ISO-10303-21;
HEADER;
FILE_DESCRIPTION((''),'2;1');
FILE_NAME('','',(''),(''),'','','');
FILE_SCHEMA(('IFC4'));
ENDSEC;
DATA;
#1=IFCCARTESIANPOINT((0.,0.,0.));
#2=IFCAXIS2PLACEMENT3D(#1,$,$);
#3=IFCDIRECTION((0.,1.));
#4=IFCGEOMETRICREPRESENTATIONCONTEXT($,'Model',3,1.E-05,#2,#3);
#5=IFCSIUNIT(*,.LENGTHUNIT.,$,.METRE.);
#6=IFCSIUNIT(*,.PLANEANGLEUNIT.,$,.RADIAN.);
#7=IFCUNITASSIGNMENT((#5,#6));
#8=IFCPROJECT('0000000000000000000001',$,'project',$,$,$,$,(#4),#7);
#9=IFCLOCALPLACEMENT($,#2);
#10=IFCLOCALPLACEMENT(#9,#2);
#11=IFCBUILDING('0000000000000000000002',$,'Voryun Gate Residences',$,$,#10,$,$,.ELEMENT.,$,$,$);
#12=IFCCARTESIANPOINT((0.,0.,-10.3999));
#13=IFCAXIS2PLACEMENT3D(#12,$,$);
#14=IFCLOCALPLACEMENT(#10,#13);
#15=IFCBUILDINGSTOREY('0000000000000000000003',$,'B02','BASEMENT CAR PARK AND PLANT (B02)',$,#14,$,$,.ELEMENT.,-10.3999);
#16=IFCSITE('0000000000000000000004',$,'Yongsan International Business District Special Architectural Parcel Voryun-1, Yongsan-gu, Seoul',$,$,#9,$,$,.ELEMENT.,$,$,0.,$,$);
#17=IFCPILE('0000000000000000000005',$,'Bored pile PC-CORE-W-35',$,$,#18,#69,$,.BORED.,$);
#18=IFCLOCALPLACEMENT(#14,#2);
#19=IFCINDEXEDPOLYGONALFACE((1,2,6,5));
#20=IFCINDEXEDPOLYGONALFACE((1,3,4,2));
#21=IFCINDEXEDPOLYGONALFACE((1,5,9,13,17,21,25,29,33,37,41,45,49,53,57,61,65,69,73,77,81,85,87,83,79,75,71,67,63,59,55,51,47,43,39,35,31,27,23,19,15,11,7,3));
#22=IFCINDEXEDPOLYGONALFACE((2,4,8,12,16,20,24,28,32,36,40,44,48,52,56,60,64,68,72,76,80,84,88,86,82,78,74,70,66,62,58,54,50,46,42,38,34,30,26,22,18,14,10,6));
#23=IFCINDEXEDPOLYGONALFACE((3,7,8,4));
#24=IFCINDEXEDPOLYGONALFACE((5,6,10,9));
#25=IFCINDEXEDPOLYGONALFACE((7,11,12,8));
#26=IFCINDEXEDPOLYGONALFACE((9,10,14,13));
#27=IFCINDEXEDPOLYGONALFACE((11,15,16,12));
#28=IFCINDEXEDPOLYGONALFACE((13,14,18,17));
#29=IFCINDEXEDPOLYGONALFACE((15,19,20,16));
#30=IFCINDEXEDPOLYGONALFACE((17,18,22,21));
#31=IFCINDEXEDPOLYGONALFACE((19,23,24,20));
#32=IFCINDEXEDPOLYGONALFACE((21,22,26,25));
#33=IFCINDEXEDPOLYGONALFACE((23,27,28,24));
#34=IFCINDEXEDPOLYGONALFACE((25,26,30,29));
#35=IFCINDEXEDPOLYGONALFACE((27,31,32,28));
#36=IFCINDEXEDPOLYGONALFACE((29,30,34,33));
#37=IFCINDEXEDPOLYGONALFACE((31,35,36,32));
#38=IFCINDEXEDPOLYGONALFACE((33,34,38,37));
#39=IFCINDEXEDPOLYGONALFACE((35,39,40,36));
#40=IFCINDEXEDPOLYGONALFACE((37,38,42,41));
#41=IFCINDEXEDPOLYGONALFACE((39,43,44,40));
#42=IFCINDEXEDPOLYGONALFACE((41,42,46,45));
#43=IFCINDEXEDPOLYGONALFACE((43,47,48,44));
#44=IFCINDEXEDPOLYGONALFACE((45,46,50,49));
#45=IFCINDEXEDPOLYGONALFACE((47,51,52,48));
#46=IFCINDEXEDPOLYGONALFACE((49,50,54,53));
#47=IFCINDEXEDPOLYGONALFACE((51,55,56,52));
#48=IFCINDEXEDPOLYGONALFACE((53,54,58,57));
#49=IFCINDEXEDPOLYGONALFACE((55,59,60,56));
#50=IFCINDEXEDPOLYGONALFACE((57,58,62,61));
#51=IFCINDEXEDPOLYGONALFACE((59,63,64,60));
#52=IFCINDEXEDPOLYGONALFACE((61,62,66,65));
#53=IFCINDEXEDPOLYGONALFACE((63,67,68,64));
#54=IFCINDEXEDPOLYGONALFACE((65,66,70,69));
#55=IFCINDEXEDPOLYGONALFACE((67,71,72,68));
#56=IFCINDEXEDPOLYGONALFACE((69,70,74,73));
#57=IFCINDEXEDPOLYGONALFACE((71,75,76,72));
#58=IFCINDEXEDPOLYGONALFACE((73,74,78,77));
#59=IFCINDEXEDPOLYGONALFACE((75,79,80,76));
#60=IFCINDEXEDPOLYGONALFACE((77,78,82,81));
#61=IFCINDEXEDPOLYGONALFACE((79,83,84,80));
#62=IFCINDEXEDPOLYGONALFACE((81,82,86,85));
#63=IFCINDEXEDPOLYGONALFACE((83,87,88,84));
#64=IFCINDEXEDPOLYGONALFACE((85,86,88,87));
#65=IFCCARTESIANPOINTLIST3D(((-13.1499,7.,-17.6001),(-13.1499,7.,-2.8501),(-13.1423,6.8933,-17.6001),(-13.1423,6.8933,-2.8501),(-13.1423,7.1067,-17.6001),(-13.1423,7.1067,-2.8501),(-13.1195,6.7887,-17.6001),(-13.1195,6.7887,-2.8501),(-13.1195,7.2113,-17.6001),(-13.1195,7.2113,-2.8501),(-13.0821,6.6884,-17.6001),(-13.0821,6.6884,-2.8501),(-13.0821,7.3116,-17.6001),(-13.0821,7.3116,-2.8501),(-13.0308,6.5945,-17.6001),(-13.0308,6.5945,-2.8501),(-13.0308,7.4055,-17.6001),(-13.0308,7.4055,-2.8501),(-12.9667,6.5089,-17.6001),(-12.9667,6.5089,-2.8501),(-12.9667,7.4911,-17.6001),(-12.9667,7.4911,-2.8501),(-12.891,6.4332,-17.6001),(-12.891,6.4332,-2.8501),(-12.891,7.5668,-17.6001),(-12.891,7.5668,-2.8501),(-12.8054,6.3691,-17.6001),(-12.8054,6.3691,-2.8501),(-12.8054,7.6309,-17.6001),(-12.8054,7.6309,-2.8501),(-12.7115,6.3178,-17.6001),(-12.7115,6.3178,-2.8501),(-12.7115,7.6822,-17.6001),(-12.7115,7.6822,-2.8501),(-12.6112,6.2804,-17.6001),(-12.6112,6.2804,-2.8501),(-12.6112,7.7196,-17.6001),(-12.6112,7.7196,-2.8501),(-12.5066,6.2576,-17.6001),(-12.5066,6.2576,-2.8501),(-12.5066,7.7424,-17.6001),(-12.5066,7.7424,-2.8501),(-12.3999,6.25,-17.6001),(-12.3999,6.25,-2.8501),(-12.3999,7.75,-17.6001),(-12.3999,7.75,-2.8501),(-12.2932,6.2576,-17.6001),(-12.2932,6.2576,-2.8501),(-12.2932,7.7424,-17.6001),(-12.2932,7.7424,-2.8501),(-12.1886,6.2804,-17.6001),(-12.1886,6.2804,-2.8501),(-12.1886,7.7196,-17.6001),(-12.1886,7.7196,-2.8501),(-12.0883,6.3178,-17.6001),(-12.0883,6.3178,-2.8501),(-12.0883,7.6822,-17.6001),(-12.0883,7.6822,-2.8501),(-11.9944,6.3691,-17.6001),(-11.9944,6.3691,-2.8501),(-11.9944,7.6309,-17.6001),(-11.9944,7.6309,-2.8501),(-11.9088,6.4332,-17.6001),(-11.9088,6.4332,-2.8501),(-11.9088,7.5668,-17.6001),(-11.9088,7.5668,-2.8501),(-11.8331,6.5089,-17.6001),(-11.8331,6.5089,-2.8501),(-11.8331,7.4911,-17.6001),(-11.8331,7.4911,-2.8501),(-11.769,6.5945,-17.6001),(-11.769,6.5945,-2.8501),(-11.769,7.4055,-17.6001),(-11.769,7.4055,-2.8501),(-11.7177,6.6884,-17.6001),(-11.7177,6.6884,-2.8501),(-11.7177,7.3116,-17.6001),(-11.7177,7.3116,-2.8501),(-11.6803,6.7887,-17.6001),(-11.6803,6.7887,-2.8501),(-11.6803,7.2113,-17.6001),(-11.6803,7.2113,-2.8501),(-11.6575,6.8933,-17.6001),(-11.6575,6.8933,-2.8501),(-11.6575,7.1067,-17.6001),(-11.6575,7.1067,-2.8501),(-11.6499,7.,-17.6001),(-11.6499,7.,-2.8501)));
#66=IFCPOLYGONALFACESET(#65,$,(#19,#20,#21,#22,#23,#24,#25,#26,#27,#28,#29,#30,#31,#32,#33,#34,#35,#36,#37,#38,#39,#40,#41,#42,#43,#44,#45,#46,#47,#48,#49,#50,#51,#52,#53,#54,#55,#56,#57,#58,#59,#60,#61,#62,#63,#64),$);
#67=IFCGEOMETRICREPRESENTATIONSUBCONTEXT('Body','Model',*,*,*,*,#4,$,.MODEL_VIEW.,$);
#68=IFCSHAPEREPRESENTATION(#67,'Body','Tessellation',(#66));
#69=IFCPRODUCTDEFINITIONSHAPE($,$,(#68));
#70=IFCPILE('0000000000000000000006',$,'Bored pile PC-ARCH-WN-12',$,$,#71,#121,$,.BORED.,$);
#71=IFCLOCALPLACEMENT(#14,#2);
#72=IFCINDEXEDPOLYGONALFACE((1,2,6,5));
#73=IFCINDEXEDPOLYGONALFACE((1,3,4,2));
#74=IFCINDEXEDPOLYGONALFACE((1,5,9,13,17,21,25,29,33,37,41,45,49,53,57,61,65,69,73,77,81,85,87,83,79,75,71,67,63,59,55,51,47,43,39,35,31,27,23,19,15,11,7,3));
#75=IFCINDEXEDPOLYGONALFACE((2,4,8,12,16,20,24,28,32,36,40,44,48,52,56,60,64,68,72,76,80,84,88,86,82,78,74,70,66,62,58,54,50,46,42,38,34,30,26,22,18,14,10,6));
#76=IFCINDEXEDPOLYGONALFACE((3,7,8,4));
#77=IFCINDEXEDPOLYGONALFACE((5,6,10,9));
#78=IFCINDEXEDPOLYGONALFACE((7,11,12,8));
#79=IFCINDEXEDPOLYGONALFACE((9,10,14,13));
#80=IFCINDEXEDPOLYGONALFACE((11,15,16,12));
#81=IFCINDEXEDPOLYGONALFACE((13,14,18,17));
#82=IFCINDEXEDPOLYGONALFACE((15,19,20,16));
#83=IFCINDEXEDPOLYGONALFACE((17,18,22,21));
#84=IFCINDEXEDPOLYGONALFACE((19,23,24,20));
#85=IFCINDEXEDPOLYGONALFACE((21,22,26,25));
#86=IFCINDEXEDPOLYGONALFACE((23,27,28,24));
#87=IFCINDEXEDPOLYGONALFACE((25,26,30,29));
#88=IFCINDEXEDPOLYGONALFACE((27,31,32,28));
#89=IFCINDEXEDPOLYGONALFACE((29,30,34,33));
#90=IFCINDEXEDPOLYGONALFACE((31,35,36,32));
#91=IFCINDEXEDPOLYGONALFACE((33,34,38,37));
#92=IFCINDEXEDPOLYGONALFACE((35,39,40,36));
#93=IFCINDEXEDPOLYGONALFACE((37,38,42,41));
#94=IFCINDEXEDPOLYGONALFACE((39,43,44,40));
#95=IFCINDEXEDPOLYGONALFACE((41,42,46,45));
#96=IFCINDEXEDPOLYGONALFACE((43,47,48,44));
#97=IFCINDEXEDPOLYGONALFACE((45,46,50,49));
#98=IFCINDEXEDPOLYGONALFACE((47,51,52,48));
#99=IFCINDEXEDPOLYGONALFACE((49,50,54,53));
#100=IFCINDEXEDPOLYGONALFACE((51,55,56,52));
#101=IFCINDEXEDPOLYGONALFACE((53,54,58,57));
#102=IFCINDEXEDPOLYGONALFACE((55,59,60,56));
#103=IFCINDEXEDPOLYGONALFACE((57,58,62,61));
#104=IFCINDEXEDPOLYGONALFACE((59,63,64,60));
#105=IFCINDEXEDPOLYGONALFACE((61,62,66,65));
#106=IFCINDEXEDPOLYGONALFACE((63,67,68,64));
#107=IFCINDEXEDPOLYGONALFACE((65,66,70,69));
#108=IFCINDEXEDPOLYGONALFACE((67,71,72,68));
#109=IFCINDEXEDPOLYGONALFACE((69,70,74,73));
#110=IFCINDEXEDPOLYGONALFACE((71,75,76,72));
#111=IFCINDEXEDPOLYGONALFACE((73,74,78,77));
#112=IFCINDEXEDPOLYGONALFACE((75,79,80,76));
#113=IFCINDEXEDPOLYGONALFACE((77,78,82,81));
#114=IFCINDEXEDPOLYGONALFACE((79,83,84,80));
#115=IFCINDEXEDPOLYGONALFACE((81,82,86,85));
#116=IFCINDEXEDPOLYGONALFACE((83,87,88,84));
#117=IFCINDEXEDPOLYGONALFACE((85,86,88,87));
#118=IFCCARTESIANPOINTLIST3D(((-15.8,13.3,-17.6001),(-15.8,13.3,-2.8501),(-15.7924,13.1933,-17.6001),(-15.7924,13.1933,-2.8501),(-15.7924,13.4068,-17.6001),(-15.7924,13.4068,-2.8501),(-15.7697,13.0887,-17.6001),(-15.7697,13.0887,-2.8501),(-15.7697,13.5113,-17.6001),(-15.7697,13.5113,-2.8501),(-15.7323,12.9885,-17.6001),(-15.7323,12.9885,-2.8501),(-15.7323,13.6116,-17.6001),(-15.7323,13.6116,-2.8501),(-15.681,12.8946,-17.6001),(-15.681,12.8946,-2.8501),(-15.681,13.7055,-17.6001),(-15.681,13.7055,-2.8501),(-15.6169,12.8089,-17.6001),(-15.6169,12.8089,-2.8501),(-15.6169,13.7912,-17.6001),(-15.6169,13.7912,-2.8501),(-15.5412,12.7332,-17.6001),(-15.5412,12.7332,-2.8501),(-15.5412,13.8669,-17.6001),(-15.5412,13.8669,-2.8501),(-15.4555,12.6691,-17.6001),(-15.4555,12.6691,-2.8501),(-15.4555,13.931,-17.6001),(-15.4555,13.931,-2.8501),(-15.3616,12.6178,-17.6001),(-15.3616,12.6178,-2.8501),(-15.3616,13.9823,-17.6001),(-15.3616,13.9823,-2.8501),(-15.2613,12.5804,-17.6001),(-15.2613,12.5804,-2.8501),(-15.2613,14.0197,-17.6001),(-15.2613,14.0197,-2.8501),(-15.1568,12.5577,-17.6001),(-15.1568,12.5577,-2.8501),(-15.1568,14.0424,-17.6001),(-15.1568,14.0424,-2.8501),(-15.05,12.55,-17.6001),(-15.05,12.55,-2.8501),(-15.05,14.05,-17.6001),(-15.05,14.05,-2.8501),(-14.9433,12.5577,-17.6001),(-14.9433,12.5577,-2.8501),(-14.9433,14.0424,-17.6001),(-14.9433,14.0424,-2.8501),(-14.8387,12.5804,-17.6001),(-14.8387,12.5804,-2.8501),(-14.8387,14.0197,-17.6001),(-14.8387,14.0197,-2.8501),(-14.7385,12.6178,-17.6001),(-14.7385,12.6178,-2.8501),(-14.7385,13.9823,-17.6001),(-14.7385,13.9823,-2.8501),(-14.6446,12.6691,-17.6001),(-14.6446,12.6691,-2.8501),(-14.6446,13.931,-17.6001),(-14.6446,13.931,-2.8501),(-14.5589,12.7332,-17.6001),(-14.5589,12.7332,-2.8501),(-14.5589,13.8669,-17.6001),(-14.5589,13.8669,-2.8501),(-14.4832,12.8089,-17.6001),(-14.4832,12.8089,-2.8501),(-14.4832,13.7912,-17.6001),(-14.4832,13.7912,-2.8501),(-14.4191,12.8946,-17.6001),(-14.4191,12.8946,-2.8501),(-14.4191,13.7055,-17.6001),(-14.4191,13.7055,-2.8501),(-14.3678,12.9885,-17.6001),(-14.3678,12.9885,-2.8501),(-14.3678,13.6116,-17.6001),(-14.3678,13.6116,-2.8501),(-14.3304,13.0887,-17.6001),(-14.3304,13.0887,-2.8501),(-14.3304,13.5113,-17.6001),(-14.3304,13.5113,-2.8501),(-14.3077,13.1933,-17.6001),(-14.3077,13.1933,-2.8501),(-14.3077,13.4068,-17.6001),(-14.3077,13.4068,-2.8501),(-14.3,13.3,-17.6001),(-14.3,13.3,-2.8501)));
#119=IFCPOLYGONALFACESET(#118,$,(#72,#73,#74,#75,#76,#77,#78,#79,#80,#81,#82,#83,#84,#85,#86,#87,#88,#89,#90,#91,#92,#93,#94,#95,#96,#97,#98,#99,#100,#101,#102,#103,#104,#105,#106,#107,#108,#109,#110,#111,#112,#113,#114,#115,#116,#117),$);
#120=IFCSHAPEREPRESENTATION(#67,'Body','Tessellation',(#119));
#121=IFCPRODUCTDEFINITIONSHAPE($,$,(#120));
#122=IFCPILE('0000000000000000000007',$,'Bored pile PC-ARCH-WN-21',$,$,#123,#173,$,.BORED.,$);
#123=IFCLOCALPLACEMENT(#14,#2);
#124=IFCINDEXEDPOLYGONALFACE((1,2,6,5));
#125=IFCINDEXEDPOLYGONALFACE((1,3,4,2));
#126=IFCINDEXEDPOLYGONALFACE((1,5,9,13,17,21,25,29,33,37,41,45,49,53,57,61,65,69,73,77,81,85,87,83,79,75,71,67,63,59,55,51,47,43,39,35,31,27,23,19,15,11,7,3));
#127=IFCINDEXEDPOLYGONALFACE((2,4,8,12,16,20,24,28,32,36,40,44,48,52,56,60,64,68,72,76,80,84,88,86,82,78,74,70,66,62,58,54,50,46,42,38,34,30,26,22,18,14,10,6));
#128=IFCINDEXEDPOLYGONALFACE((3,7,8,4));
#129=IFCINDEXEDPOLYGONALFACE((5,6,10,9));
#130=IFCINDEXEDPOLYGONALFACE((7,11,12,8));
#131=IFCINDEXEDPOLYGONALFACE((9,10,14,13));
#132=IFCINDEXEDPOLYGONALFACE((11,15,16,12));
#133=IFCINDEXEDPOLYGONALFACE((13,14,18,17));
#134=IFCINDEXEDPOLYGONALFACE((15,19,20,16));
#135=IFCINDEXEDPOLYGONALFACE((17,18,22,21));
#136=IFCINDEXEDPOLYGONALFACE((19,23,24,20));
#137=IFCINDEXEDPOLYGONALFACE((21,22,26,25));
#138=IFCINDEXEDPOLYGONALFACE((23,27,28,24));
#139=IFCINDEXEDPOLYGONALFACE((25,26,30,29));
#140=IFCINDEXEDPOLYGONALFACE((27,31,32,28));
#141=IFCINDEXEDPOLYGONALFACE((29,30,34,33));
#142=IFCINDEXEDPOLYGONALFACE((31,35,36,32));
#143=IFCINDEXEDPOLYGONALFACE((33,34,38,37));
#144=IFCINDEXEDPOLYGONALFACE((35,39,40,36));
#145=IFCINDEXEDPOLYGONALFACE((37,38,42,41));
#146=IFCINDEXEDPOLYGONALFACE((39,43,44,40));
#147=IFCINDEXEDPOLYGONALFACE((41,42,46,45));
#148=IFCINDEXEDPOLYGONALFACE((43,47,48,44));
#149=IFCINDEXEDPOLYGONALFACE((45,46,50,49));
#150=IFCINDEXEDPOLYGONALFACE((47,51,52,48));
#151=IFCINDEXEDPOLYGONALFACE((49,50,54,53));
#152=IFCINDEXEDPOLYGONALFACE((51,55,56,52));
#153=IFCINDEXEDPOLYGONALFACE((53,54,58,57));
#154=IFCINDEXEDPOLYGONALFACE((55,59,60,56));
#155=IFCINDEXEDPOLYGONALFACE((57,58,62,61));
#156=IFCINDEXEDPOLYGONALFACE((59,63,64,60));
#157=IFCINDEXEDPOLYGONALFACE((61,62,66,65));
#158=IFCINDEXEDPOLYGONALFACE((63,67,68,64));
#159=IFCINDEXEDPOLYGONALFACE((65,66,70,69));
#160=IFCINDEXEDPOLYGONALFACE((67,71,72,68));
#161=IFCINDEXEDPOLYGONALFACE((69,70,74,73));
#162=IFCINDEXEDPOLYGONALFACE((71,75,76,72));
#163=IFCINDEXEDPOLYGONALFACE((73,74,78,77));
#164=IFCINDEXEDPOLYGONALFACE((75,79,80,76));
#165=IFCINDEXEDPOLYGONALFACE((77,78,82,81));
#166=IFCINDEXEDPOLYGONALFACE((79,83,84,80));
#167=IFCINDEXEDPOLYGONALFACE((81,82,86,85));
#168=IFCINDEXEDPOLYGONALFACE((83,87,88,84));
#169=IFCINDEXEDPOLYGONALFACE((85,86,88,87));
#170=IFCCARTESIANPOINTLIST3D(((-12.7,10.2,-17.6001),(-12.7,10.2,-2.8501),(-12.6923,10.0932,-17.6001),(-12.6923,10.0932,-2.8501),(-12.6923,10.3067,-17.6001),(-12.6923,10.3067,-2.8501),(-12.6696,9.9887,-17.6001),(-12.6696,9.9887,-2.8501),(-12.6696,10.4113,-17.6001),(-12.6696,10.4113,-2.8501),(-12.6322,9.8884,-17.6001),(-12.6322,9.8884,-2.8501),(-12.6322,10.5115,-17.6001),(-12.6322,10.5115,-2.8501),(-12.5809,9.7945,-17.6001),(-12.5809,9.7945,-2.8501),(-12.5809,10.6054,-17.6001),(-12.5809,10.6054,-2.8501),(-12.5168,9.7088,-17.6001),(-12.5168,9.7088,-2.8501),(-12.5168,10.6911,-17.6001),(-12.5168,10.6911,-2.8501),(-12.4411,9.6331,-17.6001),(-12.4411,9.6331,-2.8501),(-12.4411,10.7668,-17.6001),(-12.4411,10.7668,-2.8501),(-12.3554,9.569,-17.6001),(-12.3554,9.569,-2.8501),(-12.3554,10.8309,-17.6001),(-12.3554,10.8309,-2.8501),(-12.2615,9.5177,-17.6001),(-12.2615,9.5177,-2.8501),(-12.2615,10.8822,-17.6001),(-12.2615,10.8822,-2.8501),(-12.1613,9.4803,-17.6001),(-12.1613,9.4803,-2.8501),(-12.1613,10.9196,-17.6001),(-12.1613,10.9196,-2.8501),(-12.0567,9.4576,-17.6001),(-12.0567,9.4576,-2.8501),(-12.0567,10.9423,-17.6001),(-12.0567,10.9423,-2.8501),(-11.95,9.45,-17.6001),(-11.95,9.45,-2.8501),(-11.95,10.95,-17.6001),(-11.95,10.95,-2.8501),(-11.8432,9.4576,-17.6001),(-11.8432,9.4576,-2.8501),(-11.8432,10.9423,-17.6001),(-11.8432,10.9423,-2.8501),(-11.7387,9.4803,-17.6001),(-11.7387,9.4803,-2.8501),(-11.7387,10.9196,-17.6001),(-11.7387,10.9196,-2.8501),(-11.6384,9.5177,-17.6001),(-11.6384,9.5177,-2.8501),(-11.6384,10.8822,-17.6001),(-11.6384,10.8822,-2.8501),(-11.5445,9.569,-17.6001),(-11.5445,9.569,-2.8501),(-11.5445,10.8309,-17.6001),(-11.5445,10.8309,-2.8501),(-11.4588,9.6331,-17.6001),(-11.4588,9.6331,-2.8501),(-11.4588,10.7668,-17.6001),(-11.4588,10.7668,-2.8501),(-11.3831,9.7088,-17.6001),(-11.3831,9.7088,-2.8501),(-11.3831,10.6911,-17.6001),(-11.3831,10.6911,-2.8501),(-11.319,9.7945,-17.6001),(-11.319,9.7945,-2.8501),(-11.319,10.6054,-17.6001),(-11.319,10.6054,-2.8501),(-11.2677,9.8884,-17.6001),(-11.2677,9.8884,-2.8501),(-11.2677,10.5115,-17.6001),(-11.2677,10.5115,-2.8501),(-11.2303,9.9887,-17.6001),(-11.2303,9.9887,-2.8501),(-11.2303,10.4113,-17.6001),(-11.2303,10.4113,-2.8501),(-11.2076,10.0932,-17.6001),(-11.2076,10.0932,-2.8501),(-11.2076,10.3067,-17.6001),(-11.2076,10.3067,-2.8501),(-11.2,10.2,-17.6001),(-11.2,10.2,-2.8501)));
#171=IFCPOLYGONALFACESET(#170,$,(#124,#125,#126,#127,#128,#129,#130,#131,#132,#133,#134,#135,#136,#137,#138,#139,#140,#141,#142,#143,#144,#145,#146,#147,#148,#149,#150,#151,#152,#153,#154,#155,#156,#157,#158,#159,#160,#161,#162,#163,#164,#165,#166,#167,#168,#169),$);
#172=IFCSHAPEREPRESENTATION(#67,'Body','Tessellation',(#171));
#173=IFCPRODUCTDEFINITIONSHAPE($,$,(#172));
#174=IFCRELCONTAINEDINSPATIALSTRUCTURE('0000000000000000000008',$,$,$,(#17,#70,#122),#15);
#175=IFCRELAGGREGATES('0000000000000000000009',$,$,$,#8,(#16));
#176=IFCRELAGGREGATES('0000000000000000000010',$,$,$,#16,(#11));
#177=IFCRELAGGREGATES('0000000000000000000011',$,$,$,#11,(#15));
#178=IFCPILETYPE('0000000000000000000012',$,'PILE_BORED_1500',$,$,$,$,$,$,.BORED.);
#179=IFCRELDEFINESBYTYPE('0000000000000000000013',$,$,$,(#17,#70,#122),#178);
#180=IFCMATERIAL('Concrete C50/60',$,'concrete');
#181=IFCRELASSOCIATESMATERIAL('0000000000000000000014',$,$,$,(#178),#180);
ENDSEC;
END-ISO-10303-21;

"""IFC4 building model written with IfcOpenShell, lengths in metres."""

from ifc_helpers import new_model, si_unit, direction, frame, origin, origin_2d, place, context, subcontext, project, spatial, circle, extrude, material, material_profile, profile_set, type_object, element, save


model = new_model("IFC4")

# Units and contexts
model_context = context("Model", 3, precision=1e-05, world=origin(), true_north=direction((0.0, 1.0)))
body_context = subcontext(model_context, "Body", "Model", "MODEL_VIEW")
ifc_project = project(units=[si_unit("LENGTHUNIT", "METRE"), si_unit("PLANEANGLEUNIT", "RADIAN")], contexts=[model_context])

# Site, building, storey
site_placement = place(None, origin())
site = spatial("IfcSite", under=ifc_project, at=site_placement, Name="Yongsan International Business District Special Architectural Parcel Voryun-1, Yongsan-gu, Seoul", CompositionType="ELEMENT", RefElevation=0.0)
building_placement = place(site_placement, origin())
building = spatial("IfcBuilding", under=site, at=building_placement, Name="Voryun Gate Residences", CompositionType="ELEMENT")
storey_placement = place(building_placement, frame((0.0, 0.0, -10.3999)))
storey = spatial("IfcBuildingStorey", under=building, at=storey_placement, Name="B02", Description="BASEMENT CAR PARK AND PLANT (B02)", CompositionType="ELEMENT", Elevation=-10.3999)

# Piles
ifc_material_1 = material(Name="Concrete C50/60", Category="concrete")
ifc_material_profile_1 = material_profile(ifc_material_1, circle(Radius=0.75, at=origin_2d()), Name="PILE-D1500")
ifc_profile_set_1 = profile_set([ifc_material_profile_1], Name="Concrete C50/60")
pile_type_1 = type_object("IfcPileType", Name="PILE_BORED_1500", PredefinedType="BORED", material=ifc_profile_set_1)
for number, where, z_axis, x_axis, name in (
    (1, (-12.3999, 7.0, -2.8501), (0.0, 0.0, -1.0), (1.0, 0.0, 0.0), "Bored pile PC-CORE-W-35"),
    (2, (-15.05, 13.3, -2.8501), (0.0, 0.0, -1.0), (1.0, 0.0, 0.0), "Bored pile PC-ARCH-WN-12"),
    (3, (-11.95, 10.2, -2.8501), (0.0, 0.0, -1.0), (1.0, 0.0, 0.0), "Bored pile PC-ARCH-WN-21"),
):
    element("IfcPile", number, at=place(storey_placement, frame(where, z_axis=z_axis, x_axis=x_axis)), inside=storey, type_object=pile_type_1, Name=name, PredefinedType="BORED", context=body_context, shape_type="SweptSolid", body=[
        extrude(circle(Radius=0.75, at=origin_2d()), origin(), (0.0, 0.0, 1.0), 14.75),
    ])

save(model, "model.ifc")
